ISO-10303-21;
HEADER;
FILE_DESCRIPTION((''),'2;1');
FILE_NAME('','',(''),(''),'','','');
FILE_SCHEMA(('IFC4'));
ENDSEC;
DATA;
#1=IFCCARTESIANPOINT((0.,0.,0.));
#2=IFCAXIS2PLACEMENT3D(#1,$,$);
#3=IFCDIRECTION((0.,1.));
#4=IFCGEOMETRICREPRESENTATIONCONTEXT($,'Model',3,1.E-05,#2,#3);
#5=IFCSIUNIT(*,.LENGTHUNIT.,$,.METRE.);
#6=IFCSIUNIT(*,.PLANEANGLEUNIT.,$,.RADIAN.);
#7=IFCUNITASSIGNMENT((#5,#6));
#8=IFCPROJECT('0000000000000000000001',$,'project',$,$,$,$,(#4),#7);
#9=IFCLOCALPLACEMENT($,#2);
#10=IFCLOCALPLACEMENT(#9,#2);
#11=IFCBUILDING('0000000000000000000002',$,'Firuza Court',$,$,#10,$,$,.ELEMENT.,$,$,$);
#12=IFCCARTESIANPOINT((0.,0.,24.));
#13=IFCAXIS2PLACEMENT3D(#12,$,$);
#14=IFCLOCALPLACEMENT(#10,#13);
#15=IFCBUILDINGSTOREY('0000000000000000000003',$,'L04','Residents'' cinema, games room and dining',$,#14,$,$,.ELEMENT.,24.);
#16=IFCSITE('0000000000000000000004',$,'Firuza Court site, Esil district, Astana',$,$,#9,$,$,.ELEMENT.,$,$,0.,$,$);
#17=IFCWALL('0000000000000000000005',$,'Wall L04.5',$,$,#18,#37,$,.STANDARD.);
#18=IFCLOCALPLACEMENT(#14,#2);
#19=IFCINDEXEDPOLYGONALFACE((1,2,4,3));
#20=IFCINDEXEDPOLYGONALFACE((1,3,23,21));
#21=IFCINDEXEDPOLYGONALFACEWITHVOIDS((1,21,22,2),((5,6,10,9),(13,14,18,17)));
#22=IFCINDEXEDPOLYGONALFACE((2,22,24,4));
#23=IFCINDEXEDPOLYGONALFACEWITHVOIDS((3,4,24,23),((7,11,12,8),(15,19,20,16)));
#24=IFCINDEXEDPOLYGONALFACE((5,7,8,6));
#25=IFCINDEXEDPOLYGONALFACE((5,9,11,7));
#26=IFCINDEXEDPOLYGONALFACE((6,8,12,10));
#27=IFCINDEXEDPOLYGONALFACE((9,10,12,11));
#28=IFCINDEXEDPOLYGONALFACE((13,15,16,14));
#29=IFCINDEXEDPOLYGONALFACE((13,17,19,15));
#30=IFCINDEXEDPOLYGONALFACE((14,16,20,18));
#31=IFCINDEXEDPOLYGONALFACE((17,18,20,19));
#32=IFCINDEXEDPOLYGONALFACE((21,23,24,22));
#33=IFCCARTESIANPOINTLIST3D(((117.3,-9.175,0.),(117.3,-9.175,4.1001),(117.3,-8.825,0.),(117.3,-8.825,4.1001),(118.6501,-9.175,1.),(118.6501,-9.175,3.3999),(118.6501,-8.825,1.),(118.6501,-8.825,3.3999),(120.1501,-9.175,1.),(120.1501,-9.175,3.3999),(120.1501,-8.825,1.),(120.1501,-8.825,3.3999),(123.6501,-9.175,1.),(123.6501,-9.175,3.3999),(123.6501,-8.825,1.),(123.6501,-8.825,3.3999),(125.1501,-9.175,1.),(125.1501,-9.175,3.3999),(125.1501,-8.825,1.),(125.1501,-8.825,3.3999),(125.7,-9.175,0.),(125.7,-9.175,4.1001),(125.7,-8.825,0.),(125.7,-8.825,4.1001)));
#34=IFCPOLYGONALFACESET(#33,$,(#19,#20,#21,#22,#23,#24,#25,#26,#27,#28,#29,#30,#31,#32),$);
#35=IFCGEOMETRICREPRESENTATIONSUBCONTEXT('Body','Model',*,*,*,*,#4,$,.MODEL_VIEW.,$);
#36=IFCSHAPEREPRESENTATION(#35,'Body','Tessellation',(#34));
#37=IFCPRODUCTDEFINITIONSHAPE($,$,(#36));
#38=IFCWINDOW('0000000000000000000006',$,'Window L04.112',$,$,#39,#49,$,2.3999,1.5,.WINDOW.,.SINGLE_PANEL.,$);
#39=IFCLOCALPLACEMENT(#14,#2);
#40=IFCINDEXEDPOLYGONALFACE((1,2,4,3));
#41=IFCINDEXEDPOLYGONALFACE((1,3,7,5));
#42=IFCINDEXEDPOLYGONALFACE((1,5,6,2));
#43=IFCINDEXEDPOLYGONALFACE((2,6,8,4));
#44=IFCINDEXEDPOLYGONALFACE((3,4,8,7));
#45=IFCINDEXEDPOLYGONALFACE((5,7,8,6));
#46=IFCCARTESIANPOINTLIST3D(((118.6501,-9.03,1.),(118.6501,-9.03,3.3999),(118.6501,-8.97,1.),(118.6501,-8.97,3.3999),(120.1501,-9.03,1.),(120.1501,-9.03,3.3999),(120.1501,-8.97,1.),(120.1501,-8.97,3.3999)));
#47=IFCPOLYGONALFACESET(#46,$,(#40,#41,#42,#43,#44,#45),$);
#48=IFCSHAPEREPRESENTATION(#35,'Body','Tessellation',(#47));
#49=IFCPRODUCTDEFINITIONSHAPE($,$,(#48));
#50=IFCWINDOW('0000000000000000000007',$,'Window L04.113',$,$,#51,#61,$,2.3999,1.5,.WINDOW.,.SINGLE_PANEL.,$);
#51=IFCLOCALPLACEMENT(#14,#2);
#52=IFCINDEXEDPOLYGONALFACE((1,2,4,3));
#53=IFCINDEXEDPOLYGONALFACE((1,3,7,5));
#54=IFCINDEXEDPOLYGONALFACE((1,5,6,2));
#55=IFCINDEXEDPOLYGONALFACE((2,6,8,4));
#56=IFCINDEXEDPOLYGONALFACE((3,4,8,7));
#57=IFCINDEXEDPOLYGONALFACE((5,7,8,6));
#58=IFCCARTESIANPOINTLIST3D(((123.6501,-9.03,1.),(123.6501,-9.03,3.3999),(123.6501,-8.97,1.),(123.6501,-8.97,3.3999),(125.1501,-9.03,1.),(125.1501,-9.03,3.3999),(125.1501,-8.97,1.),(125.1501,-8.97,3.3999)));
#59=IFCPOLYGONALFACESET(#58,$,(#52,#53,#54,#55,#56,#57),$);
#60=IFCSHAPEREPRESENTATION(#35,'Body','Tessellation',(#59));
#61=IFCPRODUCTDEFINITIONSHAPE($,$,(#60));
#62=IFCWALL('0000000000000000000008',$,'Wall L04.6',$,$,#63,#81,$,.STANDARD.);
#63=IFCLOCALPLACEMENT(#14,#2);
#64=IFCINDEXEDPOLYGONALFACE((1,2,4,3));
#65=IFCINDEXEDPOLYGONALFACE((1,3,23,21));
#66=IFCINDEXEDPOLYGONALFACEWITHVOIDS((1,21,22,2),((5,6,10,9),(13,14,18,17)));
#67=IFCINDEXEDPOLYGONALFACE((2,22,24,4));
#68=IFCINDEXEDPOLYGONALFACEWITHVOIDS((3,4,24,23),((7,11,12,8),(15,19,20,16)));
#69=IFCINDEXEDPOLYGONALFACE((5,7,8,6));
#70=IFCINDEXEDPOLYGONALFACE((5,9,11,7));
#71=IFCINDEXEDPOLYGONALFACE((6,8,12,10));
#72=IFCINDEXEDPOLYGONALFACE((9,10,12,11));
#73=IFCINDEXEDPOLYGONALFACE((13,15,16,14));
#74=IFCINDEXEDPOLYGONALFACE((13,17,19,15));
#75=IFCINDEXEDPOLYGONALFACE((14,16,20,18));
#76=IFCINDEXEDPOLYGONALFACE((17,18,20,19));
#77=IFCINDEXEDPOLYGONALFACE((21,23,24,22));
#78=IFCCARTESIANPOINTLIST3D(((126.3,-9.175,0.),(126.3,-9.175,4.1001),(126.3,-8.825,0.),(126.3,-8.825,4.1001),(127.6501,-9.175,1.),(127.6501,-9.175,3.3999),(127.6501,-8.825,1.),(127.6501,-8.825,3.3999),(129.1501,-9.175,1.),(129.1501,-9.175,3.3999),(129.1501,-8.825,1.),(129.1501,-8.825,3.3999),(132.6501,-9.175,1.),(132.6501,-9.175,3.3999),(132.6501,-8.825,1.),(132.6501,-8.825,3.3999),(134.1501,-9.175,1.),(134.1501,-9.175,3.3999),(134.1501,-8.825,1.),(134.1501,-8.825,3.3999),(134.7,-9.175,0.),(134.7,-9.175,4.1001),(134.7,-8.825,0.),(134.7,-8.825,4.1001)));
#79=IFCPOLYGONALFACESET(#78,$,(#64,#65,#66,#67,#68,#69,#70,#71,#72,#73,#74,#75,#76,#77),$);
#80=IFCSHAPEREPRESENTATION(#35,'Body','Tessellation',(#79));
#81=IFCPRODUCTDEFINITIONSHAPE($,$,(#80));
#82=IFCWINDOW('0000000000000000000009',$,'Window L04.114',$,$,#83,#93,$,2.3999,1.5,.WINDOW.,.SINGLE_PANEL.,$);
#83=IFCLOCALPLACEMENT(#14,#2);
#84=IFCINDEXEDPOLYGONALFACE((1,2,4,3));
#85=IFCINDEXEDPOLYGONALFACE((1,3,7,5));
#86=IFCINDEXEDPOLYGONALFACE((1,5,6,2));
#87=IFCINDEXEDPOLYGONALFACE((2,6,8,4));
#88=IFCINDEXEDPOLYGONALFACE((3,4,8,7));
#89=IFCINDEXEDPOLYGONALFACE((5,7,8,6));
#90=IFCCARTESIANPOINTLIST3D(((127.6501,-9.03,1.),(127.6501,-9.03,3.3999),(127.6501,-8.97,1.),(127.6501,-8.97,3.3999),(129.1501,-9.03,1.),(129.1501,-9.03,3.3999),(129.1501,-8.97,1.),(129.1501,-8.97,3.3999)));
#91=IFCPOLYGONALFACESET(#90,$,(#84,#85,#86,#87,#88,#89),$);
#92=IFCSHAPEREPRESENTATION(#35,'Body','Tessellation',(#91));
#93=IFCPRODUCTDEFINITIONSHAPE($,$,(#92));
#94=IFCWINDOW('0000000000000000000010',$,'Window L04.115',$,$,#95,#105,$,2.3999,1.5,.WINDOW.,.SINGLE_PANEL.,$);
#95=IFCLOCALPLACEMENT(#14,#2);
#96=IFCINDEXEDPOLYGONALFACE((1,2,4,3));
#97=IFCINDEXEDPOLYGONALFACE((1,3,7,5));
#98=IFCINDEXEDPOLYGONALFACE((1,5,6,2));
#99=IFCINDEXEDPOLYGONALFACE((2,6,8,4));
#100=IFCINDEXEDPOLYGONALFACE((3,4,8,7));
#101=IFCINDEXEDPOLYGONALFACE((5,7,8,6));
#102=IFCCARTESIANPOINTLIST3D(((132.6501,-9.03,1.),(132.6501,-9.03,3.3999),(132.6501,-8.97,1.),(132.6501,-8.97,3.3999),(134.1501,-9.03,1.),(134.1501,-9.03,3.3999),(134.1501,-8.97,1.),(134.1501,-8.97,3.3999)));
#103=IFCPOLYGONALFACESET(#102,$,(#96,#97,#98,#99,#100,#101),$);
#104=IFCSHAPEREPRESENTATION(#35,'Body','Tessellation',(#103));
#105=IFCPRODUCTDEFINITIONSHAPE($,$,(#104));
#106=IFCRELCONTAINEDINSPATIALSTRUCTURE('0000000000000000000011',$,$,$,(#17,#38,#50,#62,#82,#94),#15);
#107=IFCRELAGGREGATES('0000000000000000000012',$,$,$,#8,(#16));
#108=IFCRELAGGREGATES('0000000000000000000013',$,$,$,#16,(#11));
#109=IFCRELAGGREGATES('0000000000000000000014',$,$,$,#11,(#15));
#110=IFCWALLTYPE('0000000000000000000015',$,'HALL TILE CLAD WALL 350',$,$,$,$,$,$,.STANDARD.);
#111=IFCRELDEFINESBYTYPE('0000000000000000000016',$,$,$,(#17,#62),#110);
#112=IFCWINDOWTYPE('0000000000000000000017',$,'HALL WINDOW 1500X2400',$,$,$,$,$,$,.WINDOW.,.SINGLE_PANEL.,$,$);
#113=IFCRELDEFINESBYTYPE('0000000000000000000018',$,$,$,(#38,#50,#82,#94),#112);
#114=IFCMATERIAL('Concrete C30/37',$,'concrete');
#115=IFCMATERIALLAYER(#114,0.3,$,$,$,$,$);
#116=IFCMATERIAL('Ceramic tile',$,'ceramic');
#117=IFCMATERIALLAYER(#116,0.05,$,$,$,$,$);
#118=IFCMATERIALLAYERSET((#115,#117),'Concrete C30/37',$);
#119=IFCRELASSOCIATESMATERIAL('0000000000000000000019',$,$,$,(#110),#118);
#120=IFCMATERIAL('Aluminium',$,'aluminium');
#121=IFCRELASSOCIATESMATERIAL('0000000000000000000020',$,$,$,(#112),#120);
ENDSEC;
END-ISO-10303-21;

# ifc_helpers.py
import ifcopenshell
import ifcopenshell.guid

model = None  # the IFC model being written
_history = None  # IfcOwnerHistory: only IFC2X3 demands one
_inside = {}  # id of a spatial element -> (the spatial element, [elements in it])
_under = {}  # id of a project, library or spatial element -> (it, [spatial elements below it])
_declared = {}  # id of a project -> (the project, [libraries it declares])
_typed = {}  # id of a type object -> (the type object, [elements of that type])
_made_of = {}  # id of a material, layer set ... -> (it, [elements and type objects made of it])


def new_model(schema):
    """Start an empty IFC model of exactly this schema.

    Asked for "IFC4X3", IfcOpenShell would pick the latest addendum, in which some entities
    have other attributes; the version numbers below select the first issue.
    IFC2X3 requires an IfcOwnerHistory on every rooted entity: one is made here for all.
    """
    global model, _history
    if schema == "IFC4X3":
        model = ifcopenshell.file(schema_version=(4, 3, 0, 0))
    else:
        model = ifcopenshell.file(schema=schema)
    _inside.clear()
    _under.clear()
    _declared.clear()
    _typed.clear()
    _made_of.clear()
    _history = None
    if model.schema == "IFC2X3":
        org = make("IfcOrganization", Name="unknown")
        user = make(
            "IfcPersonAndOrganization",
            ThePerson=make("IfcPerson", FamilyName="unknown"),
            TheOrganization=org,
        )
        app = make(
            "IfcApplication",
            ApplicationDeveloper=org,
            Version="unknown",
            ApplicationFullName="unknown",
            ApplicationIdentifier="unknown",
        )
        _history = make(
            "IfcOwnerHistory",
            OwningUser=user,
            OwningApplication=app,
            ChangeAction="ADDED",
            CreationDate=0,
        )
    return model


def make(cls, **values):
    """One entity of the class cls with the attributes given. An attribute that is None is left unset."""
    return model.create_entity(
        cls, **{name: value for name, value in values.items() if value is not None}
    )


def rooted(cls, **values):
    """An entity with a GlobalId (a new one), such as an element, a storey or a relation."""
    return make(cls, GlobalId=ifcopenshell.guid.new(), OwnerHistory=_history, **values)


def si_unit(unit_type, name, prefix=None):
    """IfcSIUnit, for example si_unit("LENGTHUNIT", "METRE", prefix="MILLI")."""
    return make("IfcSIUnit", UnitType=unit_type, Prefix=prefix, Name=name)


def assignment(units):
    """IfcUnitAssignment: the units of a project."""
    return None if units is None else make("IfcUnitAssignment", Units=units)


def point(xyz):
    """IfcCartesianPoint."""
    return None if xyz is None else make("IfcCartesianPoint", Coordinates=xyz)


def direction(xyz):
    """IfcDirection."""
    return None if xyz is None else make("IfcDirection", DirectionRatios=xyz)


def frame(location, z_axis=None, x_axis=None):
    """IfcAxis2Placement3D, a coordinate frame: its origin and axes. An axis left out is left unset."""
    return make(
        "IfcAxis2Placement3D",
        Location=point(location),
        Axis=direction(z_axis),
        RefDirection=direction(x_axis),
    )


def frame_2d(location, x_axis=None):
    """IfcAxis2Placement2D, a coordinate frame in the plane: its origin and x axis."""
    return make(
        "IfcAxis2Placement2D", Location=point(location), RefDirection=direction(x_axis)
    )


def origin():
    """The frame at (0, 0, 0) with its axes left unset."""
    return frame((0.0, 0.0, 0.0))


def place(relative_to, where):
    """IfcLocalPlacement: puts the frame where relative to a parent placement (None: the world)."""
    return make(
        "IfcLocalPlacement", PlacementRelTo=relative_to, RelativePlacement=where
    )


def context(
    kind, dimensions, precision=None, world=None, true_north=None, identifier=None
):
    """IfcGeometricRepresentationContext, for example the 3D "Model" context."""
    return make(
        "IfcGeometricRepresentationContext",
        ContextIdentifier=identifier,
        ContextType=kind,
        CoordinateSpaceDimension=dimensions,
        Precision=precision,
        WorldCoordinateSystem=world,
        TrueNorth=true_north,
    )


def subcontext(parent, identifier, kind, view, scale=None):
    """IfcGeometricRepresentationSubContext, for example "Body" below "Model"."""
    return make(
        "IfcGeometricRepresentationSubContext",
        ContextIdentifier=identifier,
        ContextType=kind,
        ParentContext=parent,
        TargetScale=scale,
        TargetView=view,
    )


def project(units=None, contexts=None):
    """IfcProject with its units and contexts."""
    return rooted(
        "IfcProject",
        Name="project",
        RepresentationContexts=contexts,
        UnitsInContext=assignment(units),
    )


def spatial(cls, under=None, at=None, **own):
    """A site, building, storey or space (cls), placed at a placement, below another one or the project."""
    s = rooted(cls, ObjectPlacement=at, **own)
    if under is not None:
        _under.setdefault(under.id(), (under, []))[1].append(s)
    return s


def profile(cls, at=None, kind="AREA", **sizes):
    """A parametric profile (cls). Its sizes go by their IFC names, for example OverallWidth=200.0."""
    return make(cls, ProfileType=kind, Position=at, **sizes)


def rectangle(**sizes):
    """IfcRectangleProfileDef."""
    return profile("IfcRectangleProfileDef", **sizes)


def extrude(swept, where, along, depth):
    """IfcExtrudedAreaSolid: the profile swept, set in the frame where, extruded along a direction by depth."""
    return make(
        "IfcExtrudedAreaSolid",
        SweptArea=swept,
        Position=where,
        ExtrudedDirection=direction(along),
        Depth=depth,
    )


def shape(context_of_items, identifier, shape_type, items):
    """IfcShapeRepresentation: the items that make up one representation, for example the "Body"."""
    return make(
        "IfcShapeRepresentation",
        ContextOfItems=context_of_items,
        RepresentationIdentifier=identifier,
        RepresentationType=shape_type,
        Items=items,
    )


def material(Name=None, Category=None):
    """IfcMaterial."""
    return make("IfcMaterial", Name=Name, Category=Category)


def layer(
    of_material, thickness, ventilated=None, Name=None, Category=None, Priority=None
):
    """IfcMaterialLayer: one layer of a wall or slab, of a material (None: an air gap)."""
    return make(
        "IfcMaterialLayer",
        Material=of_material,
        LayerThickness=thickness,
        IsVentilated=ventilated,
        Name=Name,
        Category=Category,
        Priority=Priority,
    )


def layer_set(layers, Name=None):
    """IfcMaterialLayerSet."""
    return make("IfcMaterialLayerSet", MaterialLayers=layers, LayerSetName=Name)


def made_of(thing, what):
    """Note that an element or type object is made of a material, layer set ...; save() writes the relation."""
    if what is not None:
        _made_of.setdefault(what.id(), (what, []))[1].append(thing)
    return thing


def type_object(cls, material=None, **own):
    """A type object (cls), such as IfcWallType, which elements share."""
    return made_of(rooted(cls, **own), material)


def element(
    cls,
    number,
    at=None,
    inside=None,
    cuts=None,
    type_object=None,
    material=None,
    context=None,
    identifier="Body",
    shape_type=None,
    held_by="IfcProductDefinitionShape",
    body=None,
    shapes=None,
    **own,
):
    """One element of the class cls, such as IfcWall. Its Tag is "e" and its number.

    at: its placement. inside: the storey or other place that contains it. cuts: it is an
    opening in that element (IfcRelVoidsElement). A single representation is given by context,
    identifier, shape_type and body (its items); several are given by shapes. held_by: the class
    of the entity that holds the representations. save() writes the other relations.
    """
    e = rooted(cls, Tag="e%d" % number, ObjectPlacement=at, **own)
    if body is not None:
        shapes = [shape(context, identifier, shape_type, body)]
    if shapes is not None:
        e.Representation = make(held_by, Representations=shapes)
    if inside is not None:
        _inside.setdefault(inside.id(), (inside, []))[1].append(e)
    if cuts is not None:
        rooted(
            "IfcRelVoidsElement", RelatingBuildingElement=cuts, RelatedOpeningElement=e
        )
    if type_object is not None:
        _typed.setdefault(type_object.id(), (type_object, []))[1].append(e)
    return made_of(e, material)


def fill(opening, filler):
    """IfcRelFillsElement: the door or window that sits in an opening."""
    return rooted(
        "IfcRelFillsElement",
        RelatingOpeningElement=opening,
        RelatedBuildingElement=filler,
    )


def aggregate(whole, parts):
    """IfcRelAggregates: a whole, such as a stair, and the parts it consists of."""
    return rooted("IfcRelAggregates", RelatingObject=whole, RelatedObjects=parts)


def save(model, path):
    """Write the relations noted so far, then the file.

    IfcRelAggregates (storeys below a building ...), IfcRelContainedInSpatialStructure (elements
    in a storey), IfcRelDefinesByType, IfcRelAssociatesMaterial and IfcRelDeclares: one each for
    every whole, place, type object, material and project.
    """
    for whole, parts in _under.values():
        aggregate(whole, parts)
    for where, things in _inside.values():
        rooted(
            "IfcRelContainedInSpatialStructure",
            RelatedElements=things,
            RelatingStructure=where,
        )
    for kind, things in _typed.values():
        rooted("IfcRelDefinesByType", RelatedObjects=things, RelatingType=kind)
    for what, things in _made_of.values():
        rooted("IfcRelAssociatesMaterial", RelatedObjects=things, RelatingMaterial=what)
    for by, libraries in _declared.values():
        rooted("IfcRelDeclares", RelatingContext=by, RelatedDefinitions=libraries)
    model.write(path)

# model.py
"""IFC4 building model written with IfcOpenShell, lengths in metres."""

from ifc_helpers import new_model, si_unit, direction, frame, frame_2d, origin, place, context, subcontext, project, spatial, rectangle, extrude, material, layer, layer_set, type_object, element, fill, save


model = new_model("IFC4")

# Units and contexts
model_context = context("Model", 3, precision=1e-05, world=origin(), true_north=direction((0.0, 1.0)))
body_context = subcontext(model_context, "Body", "Model", "MODEL_VIEW")
ifc_project = project(units=[si_unit("LENGTHUNIT", "METRE"), si_unit("PLANEANGLEUNIT", "RADIAN")], contexts=[model_context])

# Site, building, storey
site_placement = place(None, origin())
site = spatial("IfcSite", under=ifc_project, at=site_placement, Name="Firuza Court site, Esil district, Astana", CompositionType="ELEMENT", RefElevation=0.0)
building_placement = place(site_placement, origin())
building = spatial("IfcBuilding", under=site, at=building_placement, Name="Firuza Court", CompositionType="ELEMENT")
storey_placement = place(building_placement, frame((0.0, 0.0, 24.0)))
storey = spatial("IfcBuildingStorey", under=building, at=storey_placement, Name="L04", Description="Residents' cinema, games room and dining", CompositionType="ELEMENT", Elevation=24.0)

# Walls, openings, windows
ifc_material_1 = material(Name="Concrete C30/37", Category="concrete")
ifc_layer_1 = layer(ifc_material_1, 0.3)
ifc_material_2 = material(Name="Ceramic tile", Category="ceramic")
ifc_layer_2 = layer(ifc_material_2, 0.05)
ifc_layer_set_1 = layer_set([ifc_layer_1, ifc_layer_2], Name="Concrete C30/37")
wall_type_1 = type_object("IfcWallType", Name="HALL TILE CLAD WALL 350", PredefinedType="STANDARD", material=ifc_layer_set_1)
wall_1_placement = place(storey_placement, frame((117.3, -9.0, 0.0), z_axis=(0.0, 0.0, 1.0), x_axis=(1.0, 0.0, 0.0)))
wall_1 = element("IfcWall", 1, at=wall_1_placement, inside=storey, type_object=wall_type_1, Name="Wall L04.5", PredefinedType="STANDARD", context=body_context, shape_type="SweptSolid", body=[
    extrude(rectangle(XDim=8.3999, YDim=0.3501, at=frame_2d((4.2, 0.0))), origin(), (0.0, 0.0, 1.0), 4.1001),
])
opening_1_placement = place(wall_1_placement, frame((1.3501, 0.0, 1.0)))
opening_1 = element("IfcOpeningElement", 2, at=opening_1_placement, cuts=wall_1, PredefinedType="OPENING", context=body_context, shape_type="SweptSolid", body=[
    extrude(rectangle(XDim=1.5, YDim=2.3999, at=frame_2d((0.75, 1.2))), frame((0.0, 0.187, 0.0), z_axis=(0.0, -1.0, 0.0), x_axis=(1.0, 0.0, 0.0)), (0.0, 0.0, 1.0), 0.374),
])
opening_2_placement = place(wall_1_placement, frame((6.3501, 0.0, 1.0)))
opening_2 = element("IfcOpeningElement", 3, at=opening_2_placement, cuts=wall_1, PredefinedType="OPENING", context=body_context, shape_type="SweptSolid", body=[
    extrude(rectangle(XDim=1.5, YDim=2.3999, at=frame_2d((0.75, 1.2))), frame((0.0, 0.187, 0.0), z_axis=(0.0, -1.0, 0.0), x_axis=(1.0, 0.0, 0.0)), (0.0, 0.0, 1.0), 0.374),
])
ifc_material_3 = material(Name="Aluminium", Category="aluminium")
window_type_1 = type_object("IfcWindowType", Name="HALL WINDOW 1500X2400", PartitioningType="SINGLE_PANEL", PredefinedType="WINDOW", material=ifc_material_3)
window_1_placement = place(opening_1_placement, origin())
window_1 = element("IfcWindow", 4, at=window_1_placement, inside=storey, type_object=window_type_1, Name="Window L04.112", OverallHeight=2.3999, OverallWidth=1.5, PartitioningType="SINGLE_PANEL", PredefinedType="WINDOW", context=body_context, shape_type="SweptSolid", body=[
    extrude(rectangle(XDim=1.5, YDim=2.3999, at=frame_2d((0.75, 1.2))), frame((0.0, 0.03, 0.0), z_axis=(0.0, -1.0, 0.0), x_axis=(1.0, 0.0, 0.0)), (0.0, 0.0, 1.0), 0.0601),
])
fill(opening_1, window_1)
window_2_placement = place(opening_2_placement, origin())
window_2 = element("IfcWindow", 5, at=window_2_placement, inside=storey, type_object=window_type_1, Name="Window L04.113", OverallHeight=2.3999, OverallWidth=1.5, PartitioningType="SINGLE_PANEL", PredefinedType="WINDOW", context=body_context, shape_type="SweptSolid", body=[
    extrude(rectangle(XDim=1.5, YDim=2.3999, at=frame_2d((0.75, 1.2))), frame((0.0, 0.03, 0.0), z_axis=(0.0, -1.0, 0.0), x_axis=(1.0, 0.0, 0.0)), (0.0, 0.0, 1.0), 0.0601),
])
fill(opening_2, window_2)
wall_2_placement = place(storey_placement, frame((126.3, -9.0, 0.0), z_axis=(0.0, 0.0, 1.0), x_axis=(1.0, 0.0, 0.0)))
wall_2 = element("IfcWall", 6, at=wall_2_placement, inside=storey, type_object=wall_type_1, Name="Wall L04.6", PredefinedType="STANDARD", context=body_context, shape_type="SweptSolid", body=[
    extrude(rectangle(XDim=8.3999, YDim=0.3501, at=frame_2d((4.2, 0.0))), origin(), (0.0, 0.0, 1.0), 4.1001),
])
opening_3_placement = place(wall_2_placement, frame((1.3501, 0.0, 1.0)))
opening_3 = element("IfcOpeningElement", 7, at=opening_3_placement, cuts=wall_2, PredefinedType="OPENING", context=body_context, shape_type="SweptSolid", body=[
    extrude(rectangle(XDim=1.5, YDim=2.3999, at=frame_2d((0.75, 1.2))), frame((0.0, 0.187, 0.0), z_axis=(0.0, -1.0, 0.0), x_axis=(1.0, 0.0, 0.0)), (0.0, 0.0, 1.0), 0.374),
])
opening_4_placement = place(wall_2_placement, frame((6.3501, 0.0, 1.0)))
opening_4 = element("IfcOpeningElement", 8, at=opening_4_placement, cuts=wall_2, PredefinedType="OPENING", context=body_context, shape_type="SweptSolid", body=[
    extrude(rectangle(XDim=1.5, YDim=2.3999, at=frame_2d((0.75, 1.2))), frame((0.0, 0.187, 0.0), z_axis=(0.0, -1.0, 0.0), x_axis=(1.0, 0.0, 0.0)), (0.0, 0.0, 1.0), 0.374),
])
window_3_placement = place(opening_3_placement, origin())
window_3 = element("IfcWindow", 9, at=window_3_placement, inside=storey, type_object=window_type_1, Name="Window L04.114", OverallHeight=2.3999, OverallWidth=1.5, PartitioningType="SINGLE_PANEL", PredefinedType="WINDOW", context=body_context, shape_type="SweptSolid", body=[
    extrude(rectangle(XDim=1.5, YDim=2.3999, at=frame_2d((0.75, 1.2))), frame((0.0, 0.03, 0.0), z_axis=(0.0, -1.0, 0.0), x_axis=(1.0, 0.0, 0.0)), (0.0, 0.0, 1.0), 0.0601),
])
fill(opening_3, window_3)
window_4_placement = place(opening_4_placement, origin())
window_4 = element("IfcWindow", 10, at=window_4_placement, inside=storey, type_object=window_type_1, Name="Window L04.115", OverallHeight=2.3999, OverallWidth=1.5, PartitioningType="SINGLE_PANEL", PredefinedType="WINDOW", context=body_context, shape_type="SweptSolid", body=[
    extrude(rectangle(XDim=1.5, YDim=2.3999, at=frame_2d((0.75, 1.2))), frame((0.0, 0.03, 0.0), z_axis=(0.0, -1.0, 0.0), x_axis=(1.0, 0.0, 0.0)), (0.0, 0.0, 1.0), 0.0601),
])
fill(opening_4, window_4)

save(model, "model.ifc")
